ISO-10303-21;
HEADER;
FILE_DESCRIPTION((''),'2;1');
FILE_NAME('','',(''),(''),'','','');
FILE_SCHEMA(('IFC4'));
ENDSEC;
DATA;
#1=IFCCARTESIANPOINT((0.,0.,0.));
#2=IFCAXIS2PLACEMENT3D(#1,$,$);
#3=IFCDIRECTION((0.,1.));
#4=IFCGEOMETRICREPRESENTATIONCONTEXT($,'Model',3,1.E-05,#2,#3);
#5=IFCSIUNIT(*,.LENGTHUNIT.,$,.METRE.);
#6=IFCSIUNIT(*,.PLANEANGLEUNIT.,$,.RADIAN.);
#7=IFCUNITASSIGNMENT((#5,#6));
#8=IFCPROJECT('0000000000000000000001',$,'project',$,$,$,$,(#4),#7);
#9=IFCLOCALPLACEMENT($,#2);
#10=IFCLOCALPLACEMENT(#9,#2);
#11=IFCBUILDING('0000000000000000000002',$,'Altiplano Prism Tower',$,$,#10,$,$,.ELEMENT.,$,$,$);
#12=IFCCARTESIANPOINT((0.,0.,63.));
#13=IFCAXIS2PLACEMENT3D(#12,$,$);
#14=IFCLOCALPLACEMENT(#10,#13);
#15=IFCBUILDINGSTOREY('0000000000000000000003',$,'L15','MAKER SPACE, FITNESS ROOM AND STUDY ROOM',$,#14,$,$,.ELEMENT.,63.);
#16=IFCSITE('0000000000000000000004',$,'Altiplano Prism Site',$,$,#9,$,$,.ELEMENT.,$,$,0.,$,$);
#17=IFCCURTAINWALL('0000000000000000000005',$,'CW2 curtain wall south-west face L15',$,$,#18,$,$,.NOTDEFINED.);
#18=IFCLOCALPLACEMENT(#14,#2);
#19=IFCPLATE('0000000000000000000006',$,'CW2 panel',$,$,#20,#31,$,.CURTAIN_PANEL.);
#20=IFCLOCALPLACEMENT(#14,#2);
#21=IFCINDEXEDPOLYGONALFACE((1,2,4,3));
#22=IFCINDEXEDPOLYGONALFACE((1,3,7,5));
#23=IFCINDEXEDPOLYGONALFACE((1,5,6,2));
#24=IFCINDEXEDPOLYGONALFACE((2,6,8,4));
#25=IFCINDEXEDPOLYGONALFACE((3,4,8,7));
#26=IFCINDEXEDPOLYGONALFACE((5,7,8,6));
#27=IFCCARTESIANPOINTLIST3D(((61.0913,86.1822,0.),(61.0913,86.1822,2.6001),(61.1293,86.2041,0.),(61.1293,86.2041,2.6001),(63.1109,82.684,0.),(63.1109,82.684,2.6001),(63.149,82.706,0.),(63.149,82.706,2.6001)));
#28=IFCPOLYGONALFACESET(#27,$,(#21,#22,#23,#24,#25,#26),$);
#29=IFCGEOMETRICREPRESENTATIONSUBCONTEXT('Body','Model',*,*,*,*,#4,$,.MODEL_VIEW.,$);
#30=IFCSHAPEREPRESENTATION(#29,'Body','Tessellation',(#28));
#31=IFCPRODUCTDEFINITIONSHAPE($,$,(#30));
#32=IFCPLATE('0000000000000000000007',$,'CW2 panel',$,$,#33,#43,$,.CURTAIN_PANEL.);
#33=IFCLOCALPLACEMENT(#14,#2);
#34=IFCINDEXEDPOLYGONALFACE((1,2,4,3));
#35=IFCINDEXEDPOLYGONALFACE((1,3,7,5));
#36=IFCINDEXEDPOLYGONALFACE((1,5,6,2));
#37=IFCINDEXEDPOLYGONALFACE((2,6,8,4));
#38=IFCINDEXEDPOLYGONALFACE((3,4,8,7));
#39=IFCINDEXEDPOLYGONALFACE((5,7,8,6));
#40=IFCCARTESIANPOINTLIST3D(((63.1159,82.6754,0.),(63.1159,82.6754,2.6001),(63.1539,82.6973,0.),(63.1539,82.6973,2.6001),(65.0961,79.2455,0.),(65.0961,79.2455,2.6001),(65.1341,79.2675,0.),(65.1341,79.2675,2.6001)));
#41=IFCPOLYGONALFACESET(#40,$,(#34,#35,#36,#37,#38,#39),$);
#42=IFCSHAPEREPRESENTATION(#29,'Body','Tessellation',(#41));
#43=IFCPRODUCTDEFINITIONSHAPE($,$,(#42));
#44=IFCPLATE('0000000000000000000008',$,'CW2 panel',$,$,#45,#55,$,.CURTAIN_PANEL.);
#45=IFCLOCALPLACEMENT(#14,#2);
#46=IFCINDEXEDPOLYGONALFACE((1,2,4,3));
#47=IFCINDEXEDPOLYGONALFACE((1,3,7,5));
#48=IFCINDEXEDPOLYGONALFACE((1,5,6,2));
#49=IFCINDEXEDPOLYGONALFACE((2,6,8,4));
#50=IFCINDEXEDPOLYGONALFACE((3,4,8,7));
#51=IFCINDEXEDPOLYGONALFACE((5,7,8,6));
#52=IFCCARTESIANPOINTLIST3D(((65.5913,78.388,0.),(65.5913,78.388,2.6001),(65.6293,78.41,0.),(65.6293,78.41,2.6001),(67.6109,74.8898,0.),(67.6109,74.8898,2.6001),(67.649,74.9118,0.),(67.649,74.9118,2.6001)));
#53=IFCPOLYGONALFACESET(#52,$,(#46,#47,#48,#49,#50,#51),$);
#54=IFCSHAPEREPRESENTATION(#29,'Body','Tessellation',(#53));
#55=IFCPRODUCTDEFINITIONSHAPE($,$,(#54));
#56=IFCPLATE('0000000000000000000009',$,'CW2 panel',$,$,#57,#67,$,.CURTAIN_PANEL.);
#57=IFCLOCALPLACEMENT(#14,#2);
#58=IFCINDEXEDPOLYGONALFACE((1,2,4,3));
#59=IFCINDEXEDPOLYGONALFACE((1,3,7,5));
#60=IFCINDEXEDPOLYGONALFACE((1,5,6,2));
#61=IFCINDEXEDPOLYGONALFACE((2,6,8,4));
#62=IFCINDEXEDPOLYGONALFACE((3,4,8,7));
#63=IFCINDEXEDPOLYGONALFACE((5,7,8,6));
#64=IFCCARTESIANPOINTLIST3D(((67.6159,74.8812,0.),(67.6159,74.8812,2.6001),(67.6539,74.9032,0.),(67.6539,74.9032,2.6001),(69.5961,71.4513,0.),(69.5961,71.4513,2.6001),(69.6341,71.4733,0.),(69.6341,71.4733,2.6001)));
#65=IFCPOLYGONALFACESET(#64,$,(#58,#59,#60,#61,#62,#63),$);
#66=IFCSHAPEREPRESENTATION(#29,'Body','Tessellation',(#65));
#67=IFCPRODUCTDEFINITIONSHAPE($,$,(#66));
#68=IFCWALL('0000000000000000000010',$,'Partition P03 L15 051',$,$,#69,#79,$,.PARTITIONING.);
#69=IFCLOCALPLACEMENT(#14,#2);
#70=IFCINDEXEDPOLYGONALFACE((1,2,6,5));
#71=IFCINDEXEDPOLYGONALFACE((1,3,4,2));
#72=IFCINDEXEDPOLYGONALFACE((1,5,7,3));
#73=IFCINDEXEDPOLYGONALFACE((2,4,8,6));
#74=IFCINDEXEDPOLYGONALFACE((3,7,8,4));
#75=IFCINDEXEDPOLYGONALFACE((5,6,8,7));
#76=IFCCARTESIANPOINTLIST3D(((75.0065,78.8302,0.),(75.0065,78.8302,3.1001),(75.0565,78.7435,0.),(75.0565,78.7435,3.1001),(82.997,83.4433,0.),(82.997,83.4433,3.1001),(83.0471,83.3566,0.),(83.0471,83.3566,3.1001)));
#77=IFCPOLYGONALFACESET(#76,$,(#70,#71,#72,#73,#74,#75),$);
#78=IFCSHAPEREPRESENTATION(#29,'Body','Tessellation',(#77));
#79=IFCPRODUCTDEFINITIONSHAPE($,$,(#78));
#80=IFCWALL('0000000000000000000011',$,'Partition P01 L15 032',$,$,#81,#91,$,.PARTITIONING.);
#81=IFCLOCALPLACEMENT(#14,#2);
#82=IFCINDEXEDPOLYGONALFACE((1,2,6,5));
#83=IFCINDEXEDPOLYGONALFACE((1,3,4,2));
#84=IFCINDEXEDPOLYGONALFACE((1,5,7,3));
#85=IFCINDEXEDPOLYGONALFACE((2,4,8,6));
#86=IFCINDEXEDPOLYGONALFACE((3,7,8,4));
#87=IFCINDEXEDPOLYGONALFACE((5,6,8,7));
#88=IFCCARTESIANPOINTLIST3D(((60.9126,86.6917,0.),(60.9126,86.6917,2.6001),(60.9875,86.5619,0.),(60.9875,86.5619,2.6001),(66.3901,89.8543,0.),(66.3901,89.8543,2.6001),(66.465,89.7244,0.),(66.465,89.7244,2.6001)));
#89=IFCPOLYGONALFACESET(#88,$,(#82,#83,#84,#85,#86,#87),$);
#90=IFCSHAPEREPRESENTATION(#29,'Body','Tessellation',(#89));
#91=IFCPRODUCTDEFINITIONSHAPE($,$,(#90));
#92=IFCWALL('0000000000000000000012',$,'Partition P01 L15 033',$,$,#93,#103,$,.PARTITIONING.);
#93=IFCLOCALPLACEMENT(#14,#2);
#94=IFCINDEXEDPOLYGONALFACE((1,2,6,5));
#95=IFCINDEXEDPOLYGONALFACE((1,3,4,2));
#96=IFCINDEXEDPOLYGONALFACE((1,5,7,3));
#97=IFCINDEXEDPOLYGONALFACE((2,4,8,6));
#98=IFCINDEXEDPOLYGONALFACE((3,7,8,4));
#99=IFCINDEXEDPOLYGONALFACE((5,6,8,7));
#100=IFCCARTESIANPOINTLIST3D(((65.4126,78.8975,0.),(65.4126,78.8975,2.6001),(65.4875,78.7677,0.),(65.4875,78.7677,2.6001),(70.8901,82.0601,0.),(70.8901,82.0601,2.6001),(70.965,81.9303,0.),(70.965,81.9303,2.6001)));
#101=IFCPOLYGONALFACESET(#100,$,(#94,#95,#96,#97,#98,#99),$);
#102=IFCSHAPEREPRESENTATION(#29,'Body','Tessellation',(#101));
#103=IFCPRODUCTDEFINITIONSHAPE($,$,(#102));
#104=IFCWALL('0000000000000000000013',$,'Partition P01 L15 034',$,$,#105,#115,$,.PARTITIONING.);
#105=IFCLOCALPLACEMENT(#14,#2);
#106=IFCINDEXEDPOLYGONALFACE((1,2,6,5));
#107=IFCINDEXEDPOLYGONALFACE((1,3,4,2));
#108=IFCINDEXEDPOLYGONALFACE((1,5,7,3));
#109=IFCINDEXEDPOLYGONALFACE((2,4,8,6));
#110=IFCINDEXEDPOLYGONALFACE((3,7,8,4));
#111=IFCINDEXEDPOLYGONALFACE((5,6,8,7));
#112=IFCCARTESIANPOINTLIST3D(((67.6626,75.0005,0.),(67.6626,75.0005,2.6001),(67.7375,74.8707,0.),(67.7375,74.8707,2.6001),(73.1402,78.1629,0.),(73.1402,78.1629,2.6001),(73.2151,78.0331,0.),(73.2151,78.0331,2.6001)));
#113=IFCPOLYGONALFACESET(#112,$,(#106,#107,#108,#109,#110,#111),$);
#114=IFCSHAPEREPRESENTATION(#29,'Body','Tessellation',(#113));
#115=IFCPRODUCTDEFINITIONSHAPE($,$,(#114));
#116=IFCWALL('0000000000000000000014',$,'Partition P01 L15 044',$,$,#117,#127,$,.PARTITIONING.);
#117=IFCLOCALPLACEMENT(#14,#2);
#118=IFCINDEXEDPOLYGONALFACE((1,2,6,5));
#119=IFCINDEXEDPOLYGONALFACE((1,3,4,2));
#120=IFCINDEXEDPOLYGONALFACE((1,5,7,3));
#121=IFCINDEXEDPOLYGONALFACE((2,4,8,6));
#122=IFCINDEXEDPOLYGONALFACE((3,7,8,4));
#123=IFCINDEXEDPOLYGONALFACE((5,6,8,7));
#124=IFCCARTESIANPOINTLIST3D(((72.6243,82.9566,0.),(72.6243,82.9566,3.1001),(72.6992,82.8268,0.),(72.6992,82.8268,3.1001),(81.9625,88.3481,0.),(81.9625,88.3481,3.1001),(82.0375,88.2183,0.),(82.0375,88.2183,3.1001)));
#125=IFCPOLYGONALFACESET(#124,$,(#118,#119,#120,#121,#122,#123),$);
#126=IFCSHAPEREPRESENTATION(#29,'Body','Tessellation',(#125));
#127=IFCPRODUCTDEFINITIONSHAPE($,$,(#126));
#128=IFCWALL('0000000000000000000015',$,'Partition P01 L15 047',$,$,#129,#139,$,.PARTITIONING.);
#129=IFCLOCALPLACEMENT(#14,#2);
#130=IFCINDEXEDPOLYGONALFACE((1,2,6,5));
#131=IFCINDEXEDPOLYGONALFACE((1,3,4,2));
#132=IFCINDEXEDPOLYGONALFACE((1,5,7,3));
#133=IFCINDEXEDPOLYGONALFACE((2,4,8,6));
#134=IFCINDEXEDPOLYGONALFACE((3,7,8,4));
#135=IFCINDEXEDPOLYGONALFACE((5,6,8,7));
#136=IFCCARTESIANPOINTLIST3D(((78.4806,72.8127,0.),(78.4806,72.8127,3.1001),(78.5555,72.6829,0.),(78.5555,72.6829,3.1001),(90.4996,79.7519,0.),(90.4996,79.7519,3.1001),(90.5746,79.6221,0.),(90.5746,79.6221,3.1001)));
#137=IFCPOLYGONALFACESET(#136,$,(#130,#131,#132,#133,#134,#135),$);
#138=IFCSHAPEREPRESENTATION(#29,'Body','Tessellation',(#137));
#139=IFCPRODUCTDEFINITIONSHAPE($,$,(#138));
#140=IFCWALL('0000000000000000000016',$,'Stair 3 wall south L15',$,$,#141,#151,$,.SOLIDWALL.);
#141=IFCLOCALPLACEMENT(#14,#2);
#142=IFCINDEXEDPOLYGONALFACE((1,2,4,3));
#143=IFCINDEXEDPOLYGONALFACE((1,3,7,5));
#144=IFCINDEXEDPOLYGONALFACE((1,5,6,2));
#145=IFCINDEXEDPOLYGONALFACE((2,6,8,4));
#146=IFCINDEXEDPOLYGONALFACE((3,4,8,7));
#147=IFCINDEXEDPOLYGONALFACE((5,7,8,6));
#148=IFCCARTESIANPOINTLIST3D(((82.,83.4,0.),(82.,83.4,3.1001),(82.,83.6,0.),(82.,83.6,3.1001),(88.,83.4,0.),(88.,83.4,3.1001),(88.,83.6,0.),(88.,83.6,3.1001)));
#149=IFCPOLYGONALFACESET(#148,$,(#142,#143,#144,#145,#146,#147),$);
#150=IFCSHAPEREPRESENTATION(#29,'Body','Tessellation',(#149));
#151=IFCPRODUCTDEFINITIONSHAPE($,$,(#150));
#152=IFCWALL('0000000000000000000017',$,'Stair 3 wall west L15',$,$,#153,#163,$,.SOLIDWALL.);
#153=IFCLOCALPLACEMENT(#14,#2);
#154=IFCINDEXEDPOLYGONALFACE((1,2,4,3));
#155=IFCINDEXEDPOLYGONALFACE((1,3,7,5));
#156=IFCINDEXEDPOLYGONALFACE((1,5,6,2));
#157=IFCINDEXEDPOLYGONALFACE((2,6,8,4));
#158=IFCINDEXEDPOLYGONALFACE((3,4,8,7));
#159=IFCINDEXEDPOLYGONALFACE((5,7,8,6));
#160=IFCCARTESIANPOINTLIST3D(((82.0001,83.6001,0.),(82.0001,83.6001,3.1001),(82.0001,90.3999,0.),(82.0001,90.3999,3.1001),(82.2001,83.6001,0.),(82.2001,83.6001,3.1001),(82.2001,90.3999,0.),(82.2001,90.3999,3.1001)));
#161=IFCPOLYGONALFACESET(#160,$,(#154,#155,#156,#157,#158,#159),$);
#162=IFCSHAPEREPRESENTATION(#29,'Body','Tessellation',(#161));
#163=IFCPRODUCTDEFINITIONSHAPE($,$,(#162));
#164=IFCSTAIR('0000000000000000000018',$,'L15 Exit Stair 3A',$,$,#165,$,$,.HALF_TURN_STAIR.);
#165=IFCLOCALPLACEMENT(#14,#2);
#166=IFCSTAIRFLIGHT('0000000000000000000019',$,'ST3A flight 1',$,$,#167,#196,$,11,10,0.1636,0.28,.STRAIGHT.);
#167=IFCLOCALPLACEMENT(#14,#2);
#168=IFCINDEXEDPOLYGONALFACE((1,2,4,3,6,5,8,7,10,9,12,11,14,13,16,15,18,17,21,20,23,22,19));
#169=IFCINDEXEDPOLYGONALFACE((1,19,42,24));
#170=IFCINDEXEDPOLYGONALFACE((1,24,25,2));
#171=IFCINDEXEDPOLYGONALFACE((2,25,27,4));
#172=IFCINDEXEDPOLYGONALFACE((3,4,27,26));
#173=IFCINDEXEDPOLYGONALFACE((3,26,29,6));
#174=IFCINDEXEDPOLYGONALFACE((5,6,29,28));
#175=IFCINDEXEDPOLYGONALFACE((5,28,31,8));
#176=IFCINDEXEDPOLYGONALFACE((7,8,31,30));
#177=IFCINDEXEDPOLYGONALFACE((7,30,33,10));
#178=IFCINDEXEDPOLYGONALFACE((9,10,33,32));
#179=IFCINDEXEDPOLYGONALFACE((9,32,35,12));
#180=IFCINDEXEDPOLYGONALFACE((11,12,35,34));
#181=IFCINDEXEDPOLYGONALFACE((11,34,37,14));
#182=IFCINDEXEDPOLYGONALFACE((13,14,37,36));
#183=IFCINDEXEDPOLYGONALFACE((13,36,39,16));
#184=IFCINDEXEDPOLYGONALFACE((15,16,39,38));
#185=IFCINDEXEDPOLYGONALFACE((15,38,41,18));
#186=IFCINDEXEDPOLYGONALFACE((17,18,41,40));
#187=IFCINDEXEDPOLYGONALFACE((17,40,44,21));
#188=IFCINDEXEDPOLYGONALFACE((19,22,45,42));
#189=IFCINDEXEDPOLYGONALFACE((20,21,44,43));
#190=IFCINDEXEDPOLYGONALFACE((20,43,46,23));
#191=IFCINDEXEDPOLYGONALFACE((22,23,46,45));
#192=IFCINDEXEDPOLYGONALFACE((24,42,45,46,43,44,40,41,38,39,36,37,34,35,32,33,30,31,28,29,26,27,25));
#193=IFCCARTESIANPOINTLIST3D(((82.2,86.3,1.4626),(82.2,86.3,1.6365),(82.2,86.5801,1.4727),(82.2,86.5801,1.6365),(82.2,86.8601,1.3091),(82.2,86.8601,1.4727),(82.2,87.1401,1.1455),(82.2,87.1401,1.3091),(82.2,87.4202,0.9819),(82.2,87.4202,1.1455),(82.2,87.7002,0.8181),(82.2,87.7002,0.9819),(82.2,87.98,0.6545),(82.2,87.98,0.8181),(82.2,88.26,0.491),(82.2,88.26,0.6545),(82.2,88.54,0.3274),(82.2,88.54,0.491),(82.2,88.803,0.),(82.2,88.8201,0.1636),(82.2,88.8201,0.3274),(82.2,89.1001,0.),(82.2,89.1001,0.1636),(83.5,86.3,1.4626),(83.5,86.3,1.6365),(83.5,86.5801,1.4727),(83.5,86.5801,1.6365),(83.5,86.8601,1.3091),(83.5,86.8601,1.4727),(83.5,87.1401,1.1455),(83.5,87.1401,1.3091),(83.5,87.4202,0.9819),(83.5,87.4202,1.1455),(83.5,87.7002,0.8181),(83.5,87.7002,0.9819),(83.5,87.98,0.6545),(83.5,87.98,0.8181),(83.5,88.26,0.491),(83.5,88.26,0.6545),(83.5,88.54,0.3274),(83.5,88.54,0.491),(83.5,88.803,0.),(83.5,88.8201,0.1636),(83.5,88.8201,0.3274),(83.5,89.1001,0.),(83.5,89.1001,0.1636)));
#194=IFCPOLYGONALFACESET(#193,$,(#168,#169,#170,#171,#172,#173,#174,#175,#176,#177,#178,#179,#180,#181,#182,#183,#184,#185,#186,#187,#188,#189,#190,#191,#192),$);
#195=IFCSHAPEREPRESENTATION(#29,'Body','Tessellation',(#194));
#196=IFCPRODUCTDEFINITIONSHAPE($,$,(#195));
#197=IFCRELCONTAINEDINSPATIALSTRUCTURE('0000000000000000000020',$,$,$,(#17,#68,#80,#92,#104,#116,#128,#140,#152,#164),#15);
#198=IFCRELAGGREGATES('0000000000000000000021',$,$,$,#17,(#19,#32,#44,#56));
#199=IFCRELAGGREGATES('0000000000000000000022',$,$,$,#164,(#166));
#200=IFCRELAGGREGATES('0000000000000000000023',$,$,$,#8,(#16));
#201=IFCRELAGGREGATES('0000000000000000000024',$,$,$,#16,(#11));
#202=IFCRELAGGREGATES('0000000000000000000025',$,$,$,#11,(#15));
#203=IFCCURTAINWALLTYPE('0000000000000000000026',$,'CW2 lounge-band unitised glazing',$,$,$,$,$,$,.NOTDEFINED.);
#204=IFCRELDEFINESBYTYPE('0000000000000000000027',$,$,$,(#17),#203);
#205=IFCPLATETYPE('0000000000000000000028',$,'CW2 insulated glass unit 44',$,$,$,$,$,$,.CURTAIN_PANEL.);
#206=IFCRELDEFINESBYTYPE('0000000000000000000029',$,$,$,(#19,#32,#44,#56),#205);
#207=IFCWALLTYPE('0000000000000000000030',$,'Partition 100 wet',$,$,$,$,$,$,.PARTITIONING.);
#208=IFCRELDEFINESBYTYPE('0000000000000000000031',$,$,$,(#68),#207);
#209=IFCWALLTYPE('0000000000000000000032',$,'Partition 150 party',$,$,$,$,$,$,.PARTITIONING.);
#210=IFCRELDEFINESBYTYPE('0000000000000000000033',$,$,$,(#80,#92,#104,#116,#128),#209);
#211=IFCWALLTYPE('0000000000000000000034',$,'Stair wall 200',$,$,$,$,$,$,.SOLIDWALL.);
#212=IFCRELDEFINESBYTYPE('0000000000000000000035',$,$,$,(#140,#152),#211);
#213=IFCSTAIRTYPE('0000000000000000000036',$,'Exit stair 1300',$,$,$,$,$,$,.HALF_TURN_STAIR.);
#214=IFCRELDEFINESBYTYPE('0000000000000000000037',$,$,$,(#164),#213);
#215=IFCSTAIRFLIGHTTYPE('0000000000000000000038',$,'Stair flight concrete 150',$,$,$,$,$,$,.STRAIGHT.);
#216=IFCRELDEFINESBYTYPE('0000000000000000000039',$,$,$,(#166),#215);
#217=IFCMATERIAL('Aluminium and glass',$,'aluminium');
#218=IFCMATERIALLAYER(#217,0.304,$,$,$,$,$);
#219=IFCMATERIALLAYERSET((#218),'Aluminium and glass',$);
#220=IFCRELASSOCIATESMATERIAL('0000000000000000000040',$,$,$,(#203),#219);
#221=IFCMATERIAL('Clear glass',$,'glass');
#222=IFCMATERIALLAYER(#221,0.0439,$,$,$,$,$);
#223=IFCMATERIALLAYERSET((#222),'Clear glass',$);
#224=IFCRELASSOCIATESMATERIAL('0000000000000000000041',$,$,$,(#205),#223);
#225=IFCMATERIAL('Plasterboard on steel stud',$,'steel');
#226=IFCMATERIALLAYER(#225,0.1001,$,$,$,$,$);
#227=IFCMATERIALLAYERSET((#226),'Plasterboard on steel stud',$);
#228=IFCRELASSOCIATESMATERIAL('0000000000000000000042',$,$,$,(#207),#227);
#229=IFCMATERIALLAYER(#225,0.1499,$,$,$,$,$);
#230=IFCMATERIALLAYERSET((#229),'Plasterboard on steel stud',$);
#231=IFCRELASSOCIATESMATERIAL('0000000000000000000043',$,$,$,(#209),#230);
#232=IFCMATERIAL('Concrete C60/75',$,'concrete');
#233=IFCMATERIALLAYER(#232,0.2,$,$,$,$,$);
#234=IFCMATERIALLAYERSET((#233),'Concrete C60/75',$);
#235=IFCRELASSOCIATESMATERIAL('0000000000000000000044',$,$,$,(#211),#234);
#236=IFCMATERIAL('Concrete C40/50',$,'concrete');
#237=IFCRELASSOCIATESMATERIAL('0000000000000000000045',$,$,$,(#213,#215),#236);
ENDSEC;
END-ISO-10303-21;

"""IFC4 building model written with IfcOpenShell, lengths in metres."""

from ifc_helpers import new_model, si_unit, direction, frame, frame_2d, origin, origin_2d, place, context, subcontext, project, spatial, polyline, rectangle, outline, extrude, material, layer, layer_set, type_object, element, aggregate, save


model = new_model("IFC4")

# Units and contexts
model_context = context("Model", 3, precision=1e-05, world=origin(), true_north=direction((0.0, 1.0)))
body_context = subcontext(model_context, "Body", "Model", "MODEL_VIEW")
ifc_project = project(units=[si_unit("LENGTHUNIT", "METRE"), si_unit("PLANEANGLEUNIT", "RADIAN")], contexts=[model_context])

# Site, building, storey
site_placement = place(None, origin())
site = spatial("IfcSite", under=ifc_project, at=site_placement, Name="Altiplano Prism Site", CompositionType="ELEMENT", RefElevation=0.0)
building_placement = place(site_placement, origin())
building = spatial("IfcBuilding", under=site, at=building_placement, Name="Altiplano Prism Tower", CompositionType="ELEMENT")
storey_placement = place(building_placement, frame((0.0, 0.0, 63.0)))
storey = spatial("IfcBuildingStorey", under=building, at=storey_placement, Name="L15", Description="MAKER SPACE, FITNESS ROOM AND STUDY ROOM", CompositionType="ELEMENT", Elevation=63.0)

# Shared definitions
ifc_material_1 = material(Name="Concrete C60/75", Category="concrete")

# Curtain wall
ifc_material_2 = material(Name="Aluminium and glass", Category="aluminium")
ifc_layer_1 = layer(ifc_material_2, 0.304)
ifc_layer_set_1 = layer_set([ifc_layer_1], Name="Aluminium and glass")
curtain_wall_type = type_object("IfcCurtainWallType", Name="CW2 lounge-band unitised glazing", PredefinedType="NOTDEFINED", material=ifc_layer_set_1)
curtain_wall_placement = place(storey_placement, origin())
curtain_wall = element("IfcCurtainWall", 1, at=curtain_wall_placement, inside=storey, type_object=curtain_wall_type, Name="CW2 curtain wall south-west face L15", PredefinedType="NOTDEFINED")

# Plates
ifc_material_3 = material(Name="Clear glass", Category="glass")
ifc_layer_2 = layer(ifc_material_3, 0.0439)
ifc_layer_set_2 = layer_set([ifc_layer_2], Name="Clear glass")
plate_type = type_object("IfcPlateType", Name="CW2 insulated glass unit 44", PredefinedType="CURTAIN_PANEL", material=ifc_layer_set_2)
plate_1_placement = place(storey_placement, frame((62.1201, 84.4441, 0.0), z_axis=(0.0, 0.0, 1.0), x_axis=(0.5, -0.866025, 0.0)))
plate_1 = element("IfcPlate", 2, at=plate_1_placement, type_object=plate_type, Name="CW2 panel", PredefinedType="CURTAIN_PANEL", context=body_context, shape_type="SweptSolid", body=[
    extrude(rectangle(XDim=4.0393, YDim=0.0439, at=origin_2d()), origin(), (0.0, 0.0, 1.0), 2.6001),
])
plate_2_placement = place(storey_placement, frame((64.125, 80.9714, 0.0), z_axis=(0.0, 0.0, 1.0), x_axis=(0.5, -0.866025, 0.0)))
plate_2 = element("IfcPlate", 3, at=plate_2_placement, type_object=plate_type, Name="CW2 panel", PredefinedType="CURTAIN_PANEL", context=body_context, shape_type="SweptSolid", body=[
    extrude(rectangle(XDim=3.9604, YDim=0.0439, at=origin_2d()), origin(), (0.0, 0.0, 1.0), 2.6001),
])
plate_3_placement = place(storey_placement, frame((66.6201, 76.6499, 0.0), z_axis=(0.0, 0.0, 1.0), x_axis=(0.5, -0.866025, 0.0)))
plate_3 = element("IfcPlate", 4, at=plate_3_placement, type_object=plate_type, Name="CW2 panel", PredefinedType="CURTAIN_PANEL", context=body_context, shape_type="SweptSolid", body=[
    extrude(rectangle(XDim=4.0393, YDim=0.0439, at=origin_2d()), origin(), (0.0, 0.0, 1.0), 2.6001),
])
plate_4_placement = place(storey_placement, frame((68.625, 73.1772, 0.0), z_axis=(0.0, 0.0, 1.0), x_axis=(0.5, -0.866025, 0.0)))
plate_4 = element("IfcPlate", 5, at=plate_4_placement, type_object=plate_type, Name="CW2 panel", PredefinedType="CURTAIN_PANEL", context=body_context, shape_type="SweptSolid", body=[
    extrude(rectangle(XDim=3.9604, YDim=0.0439, at=origin_2d()), origin(), (0.0, 0.0, 1.0), 2.6001),
])
aggregate(curtain_wall, [plate_1, plate_2, plate_3, plate_4])

# Walls
ifc_material_4 = material(Name="Plasterboard on steel stud", Category="steel")
ifc_layer_3 = layer(ifc_material_4, 0.1001)
ifc_layer_set_3 = layer_set([ifc_layer_3], Name="Plasterboard on steel stud")
wall_type_1 = type_object("IfcWallType", Name="Partition 100 wet", PredefinedType="PARTITIONING", material=ifc_layer_set_3)
wall_1_placement = place(storey_placement, frame((75.0315, 78.7869, 0.0), z_axis=(0.0, 0.0, 1.0), x_axis=(0.866038, 0.499978, 0.0)))
element("IfcWall", 6, at=wall_1_placement, inside=storey, type_object=wall_type_1, Name="Partition P03 L15 051", PredefinedType="PARTITIONING", context=body_context, shape_type="SweptSolid", body=[
    extrude(rectangle(XDim=9.2266, YDim=0.1001, at=frame_2d((4.6133, 0.0))), origin(), (0.0, 0.0, 1.0), 3.1001),
])
ifc_layer_4 = layer(ifc_material_4, 0.1499)
ifc_layer_set_4 = layer_set([ifc_layer_4], Name="Plasterboard on steel stud")
wall_type_2 = type_object("IfcWallType", Name="Partition 150 party", PredefinedType="PARTITIONING", material=ifc_layer_set_4)
for number, where, z_axis, x_axis, name in (
    (7, (60.95, 86.6267, 0.0), (0.0, 0.0, 1.0), (0.866016, 0.500016, 0.0), "Partition P01 L15 032"),
    (8, (65.45, 78.8325, 0.0), (0.0, 0.0, 1.0), (0.866016, 0.500016, 0.0), "Partition P01 L15 033"),
    (9, (67.7, 74.9355, 0.0), (0.0, 0.0, 1.0), (0.866033, 0.499988, 0.0), "Partition P01 L15 034"),
):
    element("IfcWall", number, at=place(storey_placement, frame(where, z_axis=z_axis, x_axis=x_axis)), inside=storey, type_object=wall_type_2, Name=name, PredefinedType="PARTITIONING", context=body_context, shape_type="SweptSolid", body=[
        extrude(rectangle(XDim=6.325, YDim=0.1499, at=frame_2d((3.1626, 0.0))), origin(), (0.0, 0.0, 1.0), 2.6001),
    ])
wall_2_placement = place(storey_placement, frame((72.6616, 82.8916, 0.0), z_axis=(0.0, 0.0, 1.0), x_axis=(0.866022, 0.500006, 0.0)))
element("IfcWall", 10, at=wall_2_placement, inside=storey, type_object=wall_type_2, Name="Partition P01 L15 044", PredefinedType="PARTITIONING", context=body_context, shape_type="SweptSolid", body=[
    extrude(rectangle(XDim=10.783, YDim=0.1499, at=frame_2d((5.3916, 0.0))), origin(), (0.0, 0.0, 1.0), 3.1001),
])
wall_3_placement = place(storey_placement, frame((78.5181, 72.7478, 0.0), z_axis=(0.0, 0.0, 1.0), x_axis=(0.866025, 0.500001, 0.0)))
element("IfcWall", 11, at=wall_3_placement, inside=storey, type_object=wall_type_2, Name="Partition P01 L15 047", PredefinedType="PARTITIONING", context=body_context, shape_type="SweptSolid", body=[
    extrude(rectangle(XDim=13.8784, YDim=0.1499, at=frame_2d((6.9392, 0.0))), origin(), (0.0, 0.0, 1.0), 3.1001),
])
ifc_layer_5 = layer(ifc_material_1, 0.2)
ifc_layer_set_5 = layer_set([ifc_layer_5], Name="Concrete C60/75")
wall_type_3 = type_object("IfcWallType", Name="Stair wall 200", PredefinedType="SOLIDWALL", material=ifc_layer_set_5)
wall_4_placement = place(storey_placement, frame((82.0, 83.5, 0.0), z_axis=(0.0, 0.0, 1.0), x_axis=(1.0, 0.0, 0.0)))
element("IfcWall", 12, at=wall_4_placement, inside=storey, type_object=wall_type_3, Name="Stair 3 wall south L15", PredefinedType="SOLIDWALL", context=body_context, shape_type="SweptSolid", body=[
    extrude(rectangle(XDim=6.0, YDim=0.2, at=frame_2d((3.0, 0.0))), origin(), (0.0, 0.0, 1.0), 3.1001),
])
wall_5_placement = place(storey_placement, frame((82.1001, 83.6001, 0.0), z_axis=(0.0, 0.0, 1.0), x_axis=(0.0, 1.0, 0.0)))
element("IfcWall", 13, at=wall_5_placement, inside=storey, type_object=wall_type_3, Name="Stair 3 wall west L15", PredefinedType="SOLIDWALL", context=body_context, shape_type="SweptSolid", body=[
    extrude(rectangle(XDim=6.7998, YDim=0.2, at=frame_2d((3.3999, 0.0))), origin(), (0.0, 0.0, 1.0), 3.1001),
])

# Stair, stair flight
ifc_material_5 = material(Name="Concrete C40/50", Category="concrete")
stair_type = type_object("IfcStairType", Name="Exit stair 1300", PredefinedType="HALF_TURN_STAIR", material=ifc_material_5)
stair_placement = place(storey_placement, origin())
stair = element("IfcStair", 14, at=stair_placement, inside=storey, type_object=stair_type, Name="L15 Exit Stair 3A", PredefinedType="HALF_TURN_STAIR")
stair_flight_type = type_object("IfcStairFlightType", Name="Stair flight concrete 150", PredefinedType="STRAIGHT", material=ifc_material_5)
stair_flight_placement = place(storey_placement, frame((82.8501, 89.1001, 0.0), z_axis=(0.0, 0.0, 1.0), x_axis=(0.0, -1.0, 0.0)))
stair_flight = element("IfcStairFlight", 15, at=stair_flight_placement, type_object=stair_flight_type, Name="ST3A flight 1", NumberOfRisers=11, NumberOfTreads=10, PredefinedType="STRAIGHT", RiserHeight=0.1636, TreadLength=0.28, context=body_context, shape_type="SweptSolid", body=[
    extrude(outline(polyline([(0.0, 0.0), (0.0, 0.1636), (0.28, 0.1636), (0.28, 0.3274), (0.5601, 0.3274), (0.5601, 0.491), (0.8401, 0.491), (0.8401, 0.6545), (1.1201, 0.6545), (1.1201, 0.8181), (1.3999, 0.8181), (1.3999, 0.9819), (1.6799, 0.9819), (1.6799, 1.1455), (1.96, 1.1455), (1.96, 1.3091), (2.24, 1.3091), (2.24, 1.4727), (2.52, 1.4727), (2.52, 1.6365), (2.8, 1.6365), (2.8, 1.8), (2.8, 1.4626), (0.2971, 0.0), (0.0, 0.0)])), frame((0.0, 0.6499, 0.0), z_axis=(0.0, -1.0, 0.0), x_axis=(1.0, 0.0, 0.0)), (0.0, 0.0, 1.0), 1.3),
])
aggregate(stair, [stair_flight])

save(model, "model.ifc")
